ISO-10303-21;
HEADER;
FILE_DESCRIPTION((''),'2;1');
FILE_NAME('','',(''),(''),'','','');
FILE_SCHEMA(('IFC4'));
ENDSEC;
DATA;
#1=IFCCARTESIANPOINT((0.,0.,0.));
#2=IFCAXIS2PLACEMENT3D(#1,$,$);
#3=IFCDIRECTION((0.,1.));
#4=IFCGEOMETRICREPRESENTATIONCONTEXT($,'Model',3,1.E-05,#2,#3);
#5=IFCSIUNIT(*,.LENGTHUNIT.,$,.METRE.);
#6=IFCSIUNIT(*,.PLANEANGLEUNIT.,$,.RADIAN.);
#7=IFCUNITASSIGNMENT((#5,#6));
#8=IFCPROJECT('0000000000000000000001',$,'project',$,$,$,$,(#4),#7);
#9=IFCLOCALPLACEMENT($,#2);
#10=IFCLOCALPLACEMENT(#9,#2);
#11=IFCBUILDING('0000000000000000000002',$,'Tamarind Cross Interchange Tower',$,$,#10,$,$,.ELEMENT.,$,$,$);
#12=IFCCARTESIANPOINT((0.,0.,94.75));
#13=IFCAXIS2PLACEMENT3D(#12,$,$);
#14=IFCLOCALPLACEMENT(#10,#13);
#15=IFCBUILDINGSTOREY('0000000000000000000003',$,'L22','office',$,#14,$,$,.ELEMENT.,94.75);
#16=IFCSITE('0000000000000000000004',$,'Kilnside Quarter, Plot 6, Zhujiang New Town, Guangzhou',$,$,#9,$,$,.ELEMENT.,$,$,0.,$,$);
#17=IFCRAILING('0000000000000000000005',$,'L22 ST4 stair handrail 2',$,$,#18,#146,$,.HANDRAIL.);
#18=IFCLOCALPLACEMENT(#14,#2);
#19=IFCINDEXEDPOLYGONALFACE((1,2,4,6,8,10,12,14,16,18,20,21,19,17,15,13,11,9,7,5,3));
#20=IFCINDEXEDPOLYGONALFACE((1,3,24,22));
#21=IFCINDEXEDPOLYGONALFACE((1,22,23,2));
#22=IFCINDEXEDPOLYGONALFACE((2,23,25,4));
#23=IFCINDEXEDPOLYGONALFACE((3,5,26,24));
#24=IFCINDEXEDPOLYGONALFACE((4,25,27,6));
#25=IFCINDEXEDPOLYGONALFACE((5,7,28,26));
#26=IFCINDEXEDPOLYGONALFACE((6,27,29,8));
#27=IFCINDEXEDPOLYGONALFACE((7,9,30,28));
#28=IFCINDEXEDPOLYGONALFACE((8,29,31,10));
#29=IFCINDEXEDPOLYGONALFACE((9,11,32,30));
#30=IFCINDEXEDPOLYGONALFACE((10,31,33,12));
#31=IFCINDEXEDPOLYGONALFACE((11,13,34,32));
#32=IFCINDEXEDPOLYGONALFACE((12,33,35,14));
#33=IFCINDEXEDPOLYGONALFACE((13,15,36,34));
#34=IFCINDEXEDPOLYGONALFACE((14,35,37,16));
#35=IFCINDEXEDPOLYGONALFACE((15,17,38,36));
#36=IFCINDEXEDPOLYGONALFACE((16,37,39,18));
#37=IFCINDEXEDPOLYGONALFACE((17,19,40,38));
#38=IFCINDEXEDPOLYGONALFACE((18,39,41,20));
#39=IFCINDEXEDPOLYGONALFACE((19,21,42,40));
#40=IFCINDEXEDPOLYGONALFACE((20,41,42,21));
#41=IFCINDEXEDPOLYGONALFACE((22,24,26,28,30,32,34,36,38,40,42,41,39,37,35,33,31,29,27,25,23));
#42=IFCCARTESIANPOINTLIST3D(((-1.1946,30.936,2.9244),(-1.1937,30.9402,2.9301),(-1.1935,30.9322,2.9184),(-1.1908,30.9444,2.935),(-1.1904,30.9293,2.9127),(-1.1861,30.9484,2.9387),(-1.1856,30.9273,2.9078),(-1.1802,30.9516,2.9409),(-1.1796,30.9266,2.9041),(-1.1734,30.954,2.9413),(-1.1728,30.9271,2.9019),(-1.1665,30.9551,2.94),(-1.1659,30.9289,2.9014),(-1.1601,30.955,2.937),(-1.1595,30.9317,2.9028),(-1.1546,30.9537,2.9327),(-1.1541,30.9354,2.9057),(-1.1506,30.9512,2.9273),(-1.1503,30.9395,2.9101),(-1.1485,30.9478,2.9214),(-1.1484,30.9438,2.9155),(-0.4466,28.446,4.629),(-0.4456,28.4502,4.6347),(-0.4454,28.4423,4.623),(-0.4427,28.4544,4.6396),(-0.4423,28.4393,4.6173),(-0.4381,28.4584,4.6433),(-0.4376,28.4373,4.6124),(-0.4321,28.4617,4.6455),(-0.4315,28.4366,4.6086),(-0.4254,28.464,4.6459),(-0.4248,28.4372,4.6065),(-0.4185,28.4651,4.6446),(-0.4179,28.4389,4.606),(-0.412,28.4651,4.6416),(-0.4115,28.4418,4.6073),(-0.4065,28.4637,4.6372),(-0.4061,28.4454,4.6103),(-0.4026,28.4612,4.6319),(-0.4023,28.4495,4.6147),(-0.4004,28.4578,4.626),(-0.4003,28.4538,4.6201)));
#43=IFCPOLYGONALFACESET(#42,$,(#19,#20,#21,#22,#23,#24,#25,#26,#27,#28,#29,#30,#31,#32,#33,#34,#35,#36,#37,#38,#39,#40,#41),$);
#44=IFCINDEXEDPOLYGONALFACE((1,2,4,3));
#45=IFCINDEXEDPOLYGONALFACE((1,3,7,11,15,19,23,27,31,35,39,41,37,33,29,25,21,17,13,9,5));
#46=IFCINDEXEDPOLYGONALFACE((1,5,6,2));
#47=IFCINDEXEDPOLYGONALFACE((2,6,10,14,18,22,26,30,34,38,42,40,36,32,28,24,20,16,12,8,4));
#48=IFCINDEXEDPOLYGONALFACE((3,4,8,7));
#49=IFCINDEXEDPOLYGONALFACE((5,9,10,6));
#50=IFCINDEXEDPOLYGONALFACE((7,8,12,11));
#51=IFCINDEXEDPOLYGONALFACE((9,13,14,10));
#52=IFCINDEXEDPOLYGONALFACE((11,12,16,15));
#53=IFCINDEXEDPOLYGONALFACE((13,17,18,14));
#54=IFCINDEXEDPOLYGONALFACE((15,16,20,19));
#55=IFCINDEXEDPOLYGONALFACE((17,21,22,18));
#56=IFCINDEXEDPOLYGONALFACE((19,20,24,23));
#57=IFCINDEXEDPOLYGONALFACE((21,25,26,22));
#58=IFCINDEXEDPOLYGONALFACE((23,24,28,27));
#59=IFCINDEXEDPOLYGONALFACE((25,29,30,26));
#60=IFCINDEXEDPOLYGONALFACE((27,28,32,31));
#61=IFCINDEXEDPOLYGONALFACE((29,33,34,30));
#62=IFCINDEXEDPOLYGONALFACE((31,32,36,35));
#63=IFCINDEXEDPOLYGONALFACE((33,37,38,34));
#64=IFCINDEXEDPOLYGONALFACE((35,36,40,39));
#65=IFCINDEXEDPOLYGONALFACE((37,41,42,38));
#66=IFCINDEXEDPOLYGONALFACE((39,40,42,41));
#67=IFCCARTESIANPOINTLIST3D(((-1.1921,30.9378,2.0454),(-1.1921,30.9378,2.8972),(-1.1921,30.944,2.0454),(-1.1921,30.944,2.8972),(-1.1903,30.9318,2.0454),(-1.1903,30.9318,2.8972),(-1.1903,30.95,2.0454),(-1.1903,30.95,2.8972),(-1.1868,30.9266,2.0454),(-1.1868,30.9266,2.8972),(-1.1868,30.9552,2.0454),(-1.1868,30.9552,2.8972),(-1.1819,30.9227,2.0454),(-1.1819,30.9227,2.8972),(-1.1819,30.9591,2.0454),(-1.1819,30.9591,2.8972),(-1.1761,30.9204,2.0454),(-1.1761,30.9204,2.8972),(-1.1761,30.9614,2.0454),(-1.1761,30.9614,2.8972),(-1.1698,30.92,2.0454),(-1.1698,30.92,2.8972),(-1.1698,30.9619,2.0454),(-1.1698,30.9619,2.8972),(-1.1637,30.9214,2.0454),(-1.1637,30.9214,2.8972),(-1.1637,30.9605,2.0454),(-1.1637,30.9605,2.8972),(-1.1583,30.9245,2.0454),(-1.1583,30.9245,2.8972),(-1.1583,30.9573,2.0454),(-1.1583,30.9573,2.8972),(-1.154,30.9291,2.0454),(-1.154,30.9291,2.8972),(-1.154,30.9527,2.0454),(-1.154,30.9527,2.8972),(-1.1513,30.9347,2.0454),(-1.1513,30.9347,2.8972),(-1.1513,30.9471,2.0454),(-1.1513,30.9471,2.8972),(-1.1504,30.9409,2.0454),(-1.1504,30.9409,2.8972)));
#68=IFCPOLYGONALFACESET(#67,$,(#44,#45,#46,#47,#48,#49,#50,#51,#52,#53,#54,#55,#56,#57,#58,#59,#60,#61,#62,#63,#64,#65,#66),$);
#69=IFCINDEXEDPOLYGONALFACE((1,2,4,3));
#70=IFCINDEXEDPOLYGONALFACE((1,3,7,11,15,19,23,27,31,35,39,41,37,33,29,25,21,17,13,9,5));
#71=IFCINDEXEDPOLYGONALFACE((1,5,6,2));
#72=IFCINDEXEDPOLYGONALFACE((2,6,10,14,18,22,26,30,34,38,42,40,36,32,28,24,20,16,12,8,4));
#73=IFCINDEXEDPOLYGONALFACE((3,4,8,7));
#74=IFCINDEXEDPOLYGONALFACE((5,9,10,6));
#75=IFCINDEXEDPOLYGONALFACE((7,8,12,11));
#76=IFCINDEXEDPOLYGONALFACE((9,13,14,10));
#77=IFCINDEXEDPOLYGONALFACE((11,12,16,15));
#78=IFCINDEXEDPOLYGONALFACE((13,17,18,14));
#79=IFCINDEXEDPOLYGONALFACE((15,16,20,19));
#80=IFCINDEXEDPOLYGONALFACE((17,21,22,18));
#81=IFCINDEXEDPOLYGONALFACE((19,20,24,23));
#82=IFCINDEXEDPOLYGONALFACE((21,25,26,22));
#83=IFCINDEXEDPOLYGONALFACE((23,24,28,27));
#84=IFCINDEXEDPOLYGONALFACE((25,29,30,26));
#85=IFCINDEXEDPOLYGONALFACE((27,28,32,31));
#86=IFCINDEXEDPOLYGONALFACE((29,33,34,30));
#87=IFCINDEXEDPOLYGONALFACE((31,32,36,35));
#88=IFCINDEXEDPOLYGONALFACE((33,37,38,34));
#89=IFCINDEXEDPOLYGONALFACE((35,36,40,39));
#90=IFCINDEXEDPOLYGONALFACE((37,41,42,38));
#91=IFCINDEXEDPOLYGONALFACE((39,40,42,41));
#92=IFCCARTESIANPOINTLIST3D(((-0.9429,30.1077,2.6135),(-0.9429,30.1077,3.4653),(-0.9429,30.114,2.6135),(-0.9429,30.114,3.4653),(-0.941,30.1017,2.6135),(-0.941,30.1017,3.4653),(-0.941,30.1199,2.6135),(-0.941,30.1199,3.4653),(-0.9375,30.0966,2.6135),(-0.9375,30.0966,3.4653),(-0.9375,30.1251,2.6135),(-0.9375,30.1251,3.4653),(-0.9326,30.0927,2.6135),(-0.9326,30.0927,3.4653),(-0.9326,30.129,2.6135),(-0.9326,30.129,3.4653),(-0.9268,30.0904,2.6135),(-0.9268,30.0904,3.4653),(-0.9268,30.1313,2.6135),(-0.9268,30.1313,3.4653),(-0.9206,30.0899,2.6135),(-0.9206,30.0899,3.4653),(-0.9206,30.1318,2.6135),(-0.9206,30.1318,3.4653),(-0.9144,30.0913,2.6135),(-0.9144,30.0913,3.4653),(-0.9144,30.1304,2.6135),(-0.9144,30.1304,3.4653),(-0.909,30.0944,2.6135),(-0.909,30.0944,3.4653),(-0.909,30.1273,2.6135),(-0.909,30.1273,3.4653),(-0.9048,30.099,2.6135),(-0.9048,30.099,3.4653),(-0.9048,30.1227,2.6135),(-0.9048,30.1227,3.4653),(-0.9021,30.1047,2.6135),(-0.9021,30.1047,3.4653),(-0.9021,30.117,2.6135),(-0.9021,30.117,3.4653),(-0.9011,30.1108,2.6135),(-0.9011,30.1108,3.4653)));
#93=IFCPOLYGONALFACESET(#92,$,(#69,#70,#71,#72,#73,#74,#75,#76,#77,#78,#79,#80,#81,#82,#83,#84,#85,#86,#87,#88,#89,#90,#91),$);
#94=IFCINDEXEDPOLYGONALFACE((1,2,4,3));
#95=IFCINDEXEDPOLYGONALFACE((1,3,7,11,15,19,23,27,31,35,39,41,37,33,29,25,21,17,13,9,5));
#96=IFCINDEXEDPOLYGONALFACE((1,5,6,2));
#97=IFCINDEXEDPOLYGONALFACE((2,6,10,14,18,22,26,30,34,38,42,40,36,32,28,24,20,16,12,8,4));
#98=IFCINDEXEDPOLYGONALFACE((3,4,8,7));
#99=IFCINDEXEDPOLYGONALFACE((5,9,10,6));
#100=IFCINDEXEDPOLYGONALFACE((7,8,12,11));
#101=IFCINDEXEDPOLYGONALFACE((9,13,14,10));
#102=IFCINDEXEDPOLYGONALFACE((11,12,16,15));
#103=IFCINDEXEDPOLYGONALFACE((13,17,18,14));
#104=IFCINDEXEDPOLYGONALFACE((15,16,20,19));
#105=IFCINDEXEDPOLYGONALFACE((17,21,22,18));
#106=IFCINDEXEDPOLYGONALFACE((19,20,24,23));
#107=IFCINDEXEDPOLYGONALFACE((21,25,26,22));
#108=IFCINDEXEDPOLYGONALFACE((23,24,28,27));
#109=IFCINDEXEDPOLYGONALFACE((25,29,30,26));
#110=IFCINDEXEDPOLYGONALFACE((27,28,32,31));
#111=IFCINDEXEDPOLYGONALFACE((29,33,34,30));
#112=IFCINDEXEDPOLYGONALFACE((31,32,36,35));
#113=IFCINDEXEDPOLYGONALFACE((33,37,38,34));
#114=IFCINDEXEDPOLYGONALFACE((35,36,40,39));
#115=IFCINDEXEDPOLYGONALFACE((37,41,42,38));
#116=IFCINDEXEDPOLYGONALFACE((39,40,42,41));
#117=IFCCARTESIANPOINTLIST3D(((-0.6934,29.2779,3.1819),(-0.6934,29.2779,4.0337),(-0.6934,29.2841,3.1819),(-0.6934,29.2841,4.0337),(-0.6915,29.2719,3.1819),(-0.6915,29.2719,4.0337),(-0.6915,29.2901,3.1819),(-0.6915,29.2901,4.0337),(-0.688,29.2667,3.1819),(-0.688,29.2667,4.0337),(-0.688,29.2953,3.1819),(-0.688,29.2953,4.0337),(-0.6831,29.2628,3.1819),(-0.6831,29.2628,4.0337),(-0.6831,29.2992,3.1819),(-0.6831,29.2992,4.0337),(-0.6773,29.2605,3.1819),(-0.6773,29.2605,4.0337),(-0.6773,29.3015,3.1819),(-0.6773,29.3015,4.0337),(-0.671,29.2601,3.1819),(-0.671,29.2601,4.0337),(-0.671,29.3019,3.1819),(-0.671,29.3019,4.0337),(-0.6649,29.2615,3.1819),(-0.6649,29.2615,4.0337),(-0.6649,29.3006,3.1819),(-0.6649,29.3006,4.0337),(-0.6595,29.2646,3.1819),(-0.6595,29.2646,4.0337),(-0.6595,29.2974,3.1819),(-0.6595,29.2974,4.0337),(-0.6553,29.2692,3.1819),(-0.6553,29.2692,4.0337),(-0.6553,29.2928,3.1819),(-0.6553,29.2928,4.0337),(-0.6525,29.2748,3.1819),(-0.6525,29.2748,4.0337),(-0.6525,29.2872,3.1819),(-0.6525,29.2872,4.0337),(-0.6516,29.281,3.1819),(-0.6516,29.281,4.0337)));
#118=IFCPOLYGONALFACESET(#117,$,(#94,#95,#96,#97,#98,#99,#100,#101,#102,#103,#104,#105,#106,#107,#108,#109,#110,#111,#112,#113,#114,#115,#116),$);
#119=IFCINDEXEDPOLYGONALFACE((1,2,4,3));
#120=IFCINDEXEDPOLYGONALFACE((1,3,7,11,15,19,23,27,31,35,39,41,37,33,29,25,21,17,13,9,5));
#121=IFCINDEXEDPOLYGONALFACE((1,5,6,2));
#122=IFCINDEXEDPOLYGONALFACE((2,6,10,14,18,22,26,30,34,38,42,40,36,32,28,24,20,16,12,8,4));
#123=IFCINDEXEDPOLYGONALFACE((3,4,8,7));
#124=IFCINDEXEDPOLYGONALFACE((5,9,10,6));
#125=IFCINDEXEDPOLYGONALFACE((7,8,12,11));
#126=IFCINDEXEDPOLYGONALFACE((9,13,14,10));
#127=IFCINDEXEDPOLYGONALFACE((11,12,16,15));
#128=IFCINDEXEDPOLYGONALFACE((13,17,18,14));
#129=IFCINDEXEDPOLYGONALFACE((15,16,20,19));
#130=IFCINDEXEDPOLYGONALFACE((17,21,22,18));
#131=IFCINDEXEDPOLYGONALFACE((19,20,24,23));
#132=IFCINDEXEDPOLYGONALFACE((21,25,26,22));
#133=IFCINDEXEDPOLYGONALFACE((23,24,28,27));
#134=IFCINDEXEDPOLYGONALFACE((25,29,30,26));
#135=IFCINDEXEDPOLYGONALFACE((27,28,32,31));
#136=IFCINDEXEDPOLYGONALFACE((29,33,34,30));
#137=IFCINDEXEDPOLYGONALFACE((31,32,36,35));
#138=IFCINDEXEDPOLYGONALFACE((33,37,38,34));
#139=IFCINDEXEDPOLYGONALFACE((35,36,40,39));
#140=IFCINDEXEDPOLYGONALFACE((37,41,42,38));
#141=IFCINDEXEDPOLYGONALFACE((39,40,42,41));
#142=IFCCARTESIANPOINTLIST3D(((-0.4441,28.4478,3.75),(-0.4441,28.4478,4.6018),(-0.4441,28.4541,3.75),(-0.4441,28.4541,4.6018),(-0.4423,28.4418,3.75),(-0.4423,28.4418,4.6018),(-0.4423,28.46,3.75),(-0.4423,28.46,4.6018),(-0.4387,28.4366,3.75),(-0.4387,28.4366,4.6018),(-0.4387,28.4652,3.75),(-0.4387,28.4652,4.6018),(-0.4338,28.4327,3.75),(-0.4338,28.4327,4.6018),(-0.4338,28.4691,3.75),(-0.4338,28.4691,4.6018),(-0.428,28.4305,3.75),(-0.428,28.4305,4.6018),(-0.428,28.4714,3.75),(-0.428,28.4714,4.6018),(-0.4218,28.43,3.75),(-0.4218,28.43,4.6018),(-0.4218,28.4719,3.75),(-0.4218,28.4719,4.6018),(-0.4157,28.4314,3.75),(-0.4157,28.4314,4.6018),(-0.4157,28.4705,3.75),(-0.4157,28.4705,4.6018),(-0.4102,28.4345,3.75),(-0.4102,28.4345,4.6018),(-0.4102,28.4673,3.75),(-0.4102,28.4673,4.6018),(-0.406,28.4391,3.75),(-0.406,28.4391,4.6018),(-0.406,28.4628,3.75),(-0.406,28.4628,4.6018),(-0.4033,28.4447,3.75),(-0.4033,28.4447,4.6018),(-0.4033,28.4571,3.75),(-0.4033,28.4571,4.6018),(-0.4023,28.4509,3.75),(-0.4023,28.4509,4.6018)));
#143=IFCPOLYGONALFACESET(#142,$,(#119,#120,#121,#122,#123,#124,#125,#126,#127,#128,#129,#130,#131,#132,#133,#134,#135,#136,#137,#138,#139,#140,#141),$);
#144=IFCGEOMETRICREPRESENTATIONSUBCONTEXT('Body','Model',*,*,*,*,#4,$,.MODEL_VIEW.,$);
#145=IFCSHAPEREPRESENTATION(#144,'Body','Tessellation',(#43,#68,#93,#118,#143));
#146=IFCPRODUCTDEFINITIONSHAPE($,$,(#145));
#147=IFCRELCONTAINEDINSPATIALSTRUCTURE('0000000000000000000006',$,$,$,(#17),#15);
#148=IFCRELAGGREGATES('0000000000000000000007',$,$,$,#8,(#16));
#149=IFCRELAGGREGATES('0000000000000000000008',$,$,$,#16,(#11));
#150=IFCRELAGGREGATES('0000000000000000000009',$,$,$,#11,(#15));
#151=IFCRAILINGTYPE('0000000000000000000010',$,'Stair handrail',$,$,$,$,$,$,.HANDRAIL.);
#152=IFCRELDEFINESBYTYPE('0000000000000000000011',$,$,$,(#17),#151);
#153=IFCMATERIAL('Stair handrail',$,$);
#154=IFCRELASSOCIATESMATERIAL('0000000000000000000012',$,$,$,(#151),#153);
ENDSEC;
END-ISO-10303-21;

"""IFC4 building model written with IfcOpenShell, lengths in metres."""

from ifc_helpers import new_model, si_unit, direction, frame, origin, origin_2d, place, context, subcontext, project, spatial, circle, extrude, material, type_object, element, save


model = new_model("IFC4")

# Units and contexts
model_context = context("Model", 3, precision=1e-05, world=origin(), true_north=direction((0.0, 1.0)))
body_context = subcontext(model_context, "Body", "Model", "MODEL_VIEW")
ifc_project = project(units=[si_unit("LENGTHUNIT", "METRE"), si_unit("PLANEANGLEUNIT", "RADIAN")], contexts=[model_context])

# Site, building, storey
site_placement = place(None, origin())
site = spatial("IfcSite", under=ifc_project, at=site_placement, Name="Kilnside Quarter, Plot 6, Zhujiang New Town, Guangzhou", CompositionType="ELEMENT", RefElevation=0.0)
building_placement = place(site_placement, origin())
building = spatial("IfcBuilding", under=site, at=building_placement, Name="Tamarind Cross Interchange Tower", CompositionType="ELEMENT")
storey_placement = place(building_placement, frame((0.0, 0.0, 94.75)))
storey = spatial("IfcBuildingStorey", under=building, at=storey_placement, Name="L22", Description="office", CompositionType="ELEMENT", Elevation=94.75)

# Railing
ifc_material_1 = material(Name="Stair handrail")
railing_type_1 = type_object("IfcRailingType", Name="Stair handrail", PredefinedType="HANDRAIL", material=ifc_material_1)
railing_1_placement = place(storey_placement, frame((-1.1714, 30.9409, 2.0454)))
element("IfcRailing", 1, at=railing_1_placement, inside=storey, type_object=railing_type_1, Name="L22 ST4 stair handrail 2", PredefinedType="HANDRAIL", context=body_context, shape_type="SweptSolid", body=[
    extrude(circle(Radius=0.0239, at=origin_2d()), frame((0.0, 0.0, 0.876), z_axis=(0.240615, -0.800924, 0.548294), x_axis=(0.957715, 0.287718, 0.0)), (0.0, 0.0, 1.0), 3.1089),
    extrude(circle(Radius=0.021, at=origin_2d()), origin(), (0.0, 0.0, 1.0), 0.8518),
    extrude(circle(Radius=0.021, at=origin_2d()), frame((0.2493, -0.8301, 0.5681)), (0.0, 0.0, 1.0), 0.8518),
    extrude(circle(Radius=0.021, at=origin_2d()), frame((0.4988, -1.6599, 1.1365)), (0.0, 0.0, 1.0), 0.8518),
    extrude(circle(Radius=0.021, at=origin_2d()), frame((0.748, -2.49, 1.7046)), (0.0, 0.0, 1.0), 0.8518),
])

save(model, "model.ifc")
